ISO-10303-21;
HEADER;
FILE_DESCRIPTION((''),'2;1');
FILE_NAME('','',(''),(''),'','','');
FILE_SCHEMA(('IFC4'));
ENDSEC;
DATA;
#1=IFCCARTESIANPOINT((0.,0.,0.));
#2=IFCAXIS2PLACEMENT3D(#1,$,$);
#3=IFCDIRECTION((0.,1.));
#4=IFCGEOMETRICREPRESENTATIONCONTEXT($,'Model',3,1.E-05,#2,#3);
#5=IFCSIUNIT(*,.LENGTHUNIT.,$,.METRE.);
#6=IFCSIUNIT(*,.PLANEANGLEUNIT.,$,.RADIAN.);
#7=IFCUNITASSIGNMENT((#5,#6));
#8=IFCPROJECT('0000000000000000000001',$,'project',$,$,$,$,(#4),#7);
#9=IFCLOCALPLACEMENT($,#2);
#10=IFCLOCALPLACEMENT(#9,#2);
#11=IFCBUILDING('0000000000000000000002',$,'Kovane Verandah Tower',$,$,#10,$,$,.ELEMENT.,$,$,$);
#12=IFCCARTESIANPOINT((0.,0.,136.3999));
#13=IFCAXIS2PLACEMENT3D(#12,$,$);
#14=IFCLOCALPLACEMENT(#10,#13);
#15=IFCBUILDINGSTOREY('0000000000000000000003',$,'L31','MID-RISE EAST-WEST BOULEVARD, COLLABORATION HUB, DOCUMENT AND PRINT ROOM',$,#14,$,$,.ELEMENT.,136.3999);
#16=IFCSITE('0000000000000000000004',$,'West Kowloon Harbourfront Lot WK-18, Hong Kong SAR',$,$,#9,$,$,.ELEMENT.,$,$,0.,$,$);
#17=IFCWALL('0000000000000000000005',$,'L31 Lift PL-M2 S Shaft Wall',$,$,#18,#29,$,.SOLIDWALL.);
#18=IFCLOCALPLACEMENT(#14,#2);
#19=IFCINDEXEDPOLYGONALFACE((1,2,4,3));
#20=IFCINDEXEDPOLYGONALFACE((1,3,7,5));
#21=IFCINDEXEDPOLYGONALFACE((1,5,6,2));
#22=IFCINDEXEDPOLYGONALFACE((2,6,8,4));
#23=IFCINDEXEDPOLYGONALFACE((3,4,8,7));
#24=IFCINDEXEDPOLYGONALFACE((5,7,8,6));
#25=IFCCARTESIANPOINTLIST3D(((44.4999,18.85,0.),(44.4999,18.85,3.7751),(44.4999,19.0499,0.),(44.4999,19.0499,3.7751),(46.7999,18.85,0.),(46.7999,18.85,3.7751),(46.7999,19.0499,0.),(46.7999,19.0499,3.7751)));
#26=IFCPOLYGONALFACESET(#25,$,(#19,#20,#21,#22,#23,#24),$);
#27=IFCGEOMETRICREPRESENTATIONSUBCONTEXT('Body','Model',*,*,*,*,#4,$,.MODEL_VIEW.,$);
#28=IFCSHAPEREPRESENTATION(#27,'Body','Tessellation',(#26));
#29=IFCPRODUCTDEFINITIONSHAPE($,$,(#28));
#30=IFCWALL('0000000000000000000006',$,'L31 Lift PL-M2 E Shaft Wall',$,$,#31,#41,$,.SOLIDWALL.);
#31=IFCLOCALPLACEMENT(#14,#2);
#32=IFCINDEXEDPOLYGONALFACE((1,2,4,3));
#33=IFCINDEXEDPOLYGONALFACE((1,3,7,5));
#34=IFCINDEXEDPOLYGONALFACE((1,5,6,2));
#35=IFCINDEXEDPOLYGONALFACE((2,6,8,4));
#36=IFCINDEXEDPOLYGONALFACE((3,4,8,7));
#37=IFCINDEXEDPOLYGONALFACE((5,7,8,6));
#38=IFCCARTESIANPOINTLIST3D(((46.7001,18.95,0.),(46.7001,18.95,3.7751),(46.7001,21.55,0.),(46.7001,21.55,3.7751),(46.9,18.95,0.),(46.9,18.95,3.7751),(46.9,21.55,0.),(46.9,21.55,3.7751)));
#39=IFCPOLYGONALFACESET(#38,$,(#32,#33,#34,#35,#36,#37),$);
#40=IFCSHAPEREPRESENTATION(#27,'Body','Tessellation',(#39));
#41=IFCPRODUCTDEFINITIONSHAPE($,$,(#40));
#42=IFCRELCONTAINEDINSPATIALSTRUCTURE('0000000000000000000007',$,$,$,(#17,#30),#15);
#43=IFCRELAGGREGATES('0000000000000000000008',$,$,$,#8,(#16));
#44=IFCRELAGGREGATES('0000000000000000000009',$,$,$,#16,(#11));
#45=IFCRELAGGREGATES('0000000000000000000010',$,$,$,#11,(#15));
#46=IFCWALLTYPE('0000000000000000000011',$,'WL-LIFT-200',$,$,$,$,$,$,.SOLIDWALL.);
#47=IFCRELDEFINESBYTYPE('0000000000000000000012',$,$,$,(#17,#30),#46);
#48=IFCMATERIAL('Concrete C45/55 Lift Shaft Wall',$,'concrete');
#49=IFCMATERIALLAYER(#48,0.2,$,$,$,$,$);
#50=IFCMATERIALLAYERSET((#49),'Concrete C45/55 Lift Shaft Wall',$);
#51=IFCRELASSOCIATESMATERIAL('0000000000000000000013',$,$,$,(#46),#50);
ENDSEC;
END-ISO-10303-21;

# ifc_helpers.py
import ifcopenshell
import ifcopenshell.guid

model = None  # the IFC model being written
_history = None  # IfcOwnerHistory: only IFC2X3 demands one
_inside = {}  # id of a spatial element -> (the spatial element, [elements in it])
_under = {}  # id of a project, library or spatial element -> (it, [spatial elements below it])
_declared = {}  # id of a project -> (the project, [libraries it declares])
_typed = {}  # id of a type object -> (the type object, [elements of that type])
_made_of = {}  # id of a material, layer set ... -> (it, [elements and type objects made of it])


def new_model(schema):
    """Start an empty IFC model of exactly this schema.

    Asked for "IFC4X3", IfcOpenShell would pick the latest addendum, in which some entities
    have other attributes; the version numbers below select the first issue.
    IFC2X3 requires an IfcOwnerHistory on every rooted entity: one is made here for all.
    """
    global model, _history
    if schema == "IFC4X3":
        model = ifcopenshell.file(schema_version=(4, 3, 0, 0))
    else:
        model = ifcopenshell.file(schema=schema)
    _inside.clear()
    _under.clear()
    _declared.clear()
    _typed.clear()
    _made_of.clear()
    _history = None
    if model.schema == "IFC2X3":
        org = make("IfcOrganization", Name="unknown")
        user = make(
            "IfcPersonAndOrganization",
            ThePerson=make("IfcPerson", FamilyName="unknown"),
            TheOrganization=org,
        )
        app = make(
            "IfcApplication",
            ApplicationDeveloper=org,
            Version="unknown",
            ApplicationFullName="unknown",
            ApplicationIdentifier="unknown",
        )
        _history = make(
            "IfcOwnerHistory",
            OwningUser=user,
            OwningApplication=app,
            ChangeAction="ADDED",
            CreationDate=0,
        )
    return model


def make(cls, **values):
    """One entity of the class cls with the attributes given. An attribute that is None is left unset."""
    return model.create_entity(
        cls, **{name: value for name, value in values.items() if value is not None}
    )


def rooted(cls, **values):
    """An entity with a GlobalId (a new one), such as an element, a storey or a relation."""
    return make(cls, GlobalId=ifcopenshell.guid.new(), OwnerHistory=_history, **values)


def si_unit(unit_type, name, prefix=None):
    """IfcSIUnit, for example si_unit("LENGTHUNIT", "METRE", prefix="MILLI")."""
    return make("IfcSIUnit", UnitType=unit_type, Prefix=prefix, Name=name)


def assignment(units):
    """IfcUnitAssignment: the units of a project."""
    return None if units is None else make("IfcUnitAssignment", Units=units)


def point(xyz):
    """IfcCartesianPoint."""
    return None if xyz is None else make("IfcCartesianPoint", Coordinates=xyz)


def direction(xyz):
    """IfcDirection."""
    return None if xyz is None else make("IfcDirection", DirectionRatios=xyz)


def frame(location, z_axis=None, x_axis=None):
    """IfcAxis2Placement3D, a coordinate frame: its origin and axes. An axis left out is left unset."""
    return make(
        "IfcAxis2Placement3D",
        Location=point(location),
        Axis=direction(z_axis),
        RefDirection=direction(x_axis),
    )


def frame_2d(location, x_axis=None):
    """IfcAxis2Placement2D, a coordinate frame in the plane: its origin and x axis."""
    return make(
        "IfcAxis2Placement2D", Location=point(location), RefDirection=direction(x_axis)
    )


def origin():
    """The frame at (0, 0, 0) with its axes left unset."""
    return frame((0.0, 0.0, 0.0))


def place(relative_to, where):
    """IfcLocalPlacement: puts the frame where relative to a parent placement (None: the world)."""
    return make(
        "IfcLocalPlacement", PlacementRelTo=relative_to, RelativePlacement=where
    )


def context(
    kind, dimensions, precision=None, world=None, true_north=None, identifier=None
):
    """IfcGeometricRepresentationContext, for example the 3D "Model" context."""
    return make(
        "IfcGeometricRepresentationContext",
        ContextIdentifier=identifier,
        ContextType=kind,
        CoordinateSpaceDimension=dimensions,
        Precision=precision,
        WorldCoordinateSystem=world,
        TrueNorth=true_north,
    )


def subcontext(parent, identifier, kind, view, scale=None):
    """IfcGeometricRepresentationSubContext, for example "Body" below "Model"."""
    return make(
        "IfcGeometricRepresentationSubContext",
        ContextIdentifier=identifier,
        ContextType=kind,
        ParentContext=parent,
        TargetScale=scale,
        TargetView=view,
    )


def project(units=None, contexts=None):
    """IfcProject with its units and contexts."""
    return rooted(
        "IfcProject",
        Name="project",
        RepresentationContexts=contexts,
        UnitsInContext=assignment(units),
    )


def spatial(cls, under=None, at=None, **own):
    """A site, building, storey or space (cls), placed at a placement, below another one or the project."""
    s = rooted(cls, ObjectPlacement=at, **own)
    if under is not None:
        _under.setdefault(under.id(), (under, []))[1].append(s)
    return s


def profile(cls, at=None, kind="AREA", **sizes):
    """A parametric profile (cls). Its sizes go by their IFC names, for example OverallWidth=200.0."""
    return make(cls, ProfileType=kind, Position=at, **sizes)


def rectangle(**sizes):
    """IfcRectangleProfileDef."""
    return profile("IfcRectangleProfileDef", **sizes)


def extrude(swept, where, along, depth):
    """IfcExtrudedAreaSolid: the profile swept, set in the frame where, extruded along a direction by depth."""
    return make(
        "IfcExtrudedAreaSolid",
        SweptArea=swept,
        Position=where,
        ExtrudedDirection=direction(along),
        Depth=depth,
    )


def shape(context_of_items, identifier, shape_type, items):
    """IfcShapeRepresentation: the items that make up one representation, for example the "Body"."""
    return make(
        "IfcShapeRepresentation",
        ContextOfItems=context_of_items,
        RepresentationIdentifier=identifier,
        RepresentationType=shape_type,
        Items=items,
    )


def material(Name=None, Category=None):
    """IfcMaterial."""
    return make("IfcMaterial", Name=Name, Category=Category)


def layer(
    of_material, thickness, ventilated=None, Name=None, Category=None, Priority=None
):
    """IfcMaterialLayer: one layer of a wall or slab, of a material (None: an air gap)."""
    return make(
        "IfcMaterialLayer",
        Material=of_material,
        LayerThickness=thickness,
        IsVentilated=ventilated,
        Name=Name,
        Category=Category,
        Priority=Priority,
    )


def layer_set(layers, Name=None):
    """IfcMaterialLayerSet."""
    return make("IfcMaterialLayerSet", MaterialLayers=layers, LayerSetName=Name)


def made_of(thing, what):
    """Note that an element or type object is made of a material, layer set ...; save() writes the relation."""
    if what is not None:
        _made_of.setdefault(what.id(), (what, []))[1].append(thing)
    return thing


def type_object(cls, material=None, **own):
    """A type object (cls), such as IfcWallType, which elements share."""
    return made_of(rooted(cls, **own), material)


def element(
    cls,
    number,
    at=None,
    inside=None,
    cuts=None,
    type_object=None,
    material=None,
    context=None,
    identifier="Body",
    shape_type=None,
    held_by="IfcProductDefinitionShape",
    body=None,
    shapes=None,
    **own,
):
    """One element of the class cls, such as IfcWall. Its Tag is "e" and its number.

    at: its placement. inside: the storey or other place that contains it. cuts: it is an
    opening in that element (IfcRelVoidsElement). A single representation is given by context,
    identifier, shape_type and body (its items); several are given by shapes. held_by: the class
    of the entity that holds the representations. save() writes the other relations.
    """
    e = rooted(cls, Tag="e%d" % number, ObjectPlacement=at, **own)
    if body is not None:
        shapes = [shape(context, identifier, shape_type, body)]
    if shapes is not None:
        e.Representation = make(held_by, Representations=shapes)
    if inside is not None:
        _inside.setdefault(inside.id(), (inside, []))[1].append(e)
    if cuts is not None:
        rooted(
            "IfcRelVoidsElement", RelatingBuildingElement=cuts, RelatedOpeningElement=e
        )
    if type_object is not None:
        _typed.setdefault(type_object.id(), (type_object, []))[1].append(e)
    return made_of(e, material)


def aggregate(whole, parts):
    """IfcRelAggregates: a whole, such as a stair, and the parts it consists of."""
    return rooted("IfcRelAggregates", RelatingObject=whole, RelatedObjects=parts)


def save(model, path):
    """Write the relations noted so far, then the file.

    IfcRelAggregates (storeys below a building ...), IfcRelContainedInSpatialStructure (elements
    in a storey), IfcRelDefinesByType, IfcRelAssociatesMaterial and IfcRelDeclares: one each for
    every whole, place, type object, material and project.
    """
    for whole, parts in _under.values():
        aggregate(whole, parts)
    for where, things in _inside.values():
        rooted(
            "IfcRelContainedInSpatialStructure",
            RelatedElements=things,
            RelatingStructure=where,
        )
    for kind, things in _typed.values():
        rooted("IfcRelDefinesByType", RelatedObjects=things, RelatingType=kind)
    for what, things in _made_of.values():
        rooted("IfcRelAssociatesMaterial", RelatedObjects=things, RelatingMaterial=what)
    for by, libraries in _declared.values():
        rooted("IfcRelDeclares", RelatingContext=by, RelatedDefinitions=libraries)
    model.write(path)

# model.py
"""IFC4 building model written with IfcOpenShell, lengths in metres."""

from ifc_helpers import new_model, si_unit, direction, frame, frame_2d, origin, place, context, subcontext, project, spatial, rectangle, extrude, material, layer, layer_set, type_object, element, save


model = new_model("IFC4")

# Units and contexts
model_context = context("Model", 3, precision=1e-05, world=origin(), true_north=direction((0.0, 1.0)))
body_context = subcontext(model_context, "Body", "Model", "MODEL_VIEW")
ifc_project = project(units=[si_unit("LENGTHUNIT", "METRE"), si_unit("PLANEANGLEUNIT", "RADIAN")], contexts=[model_context])

# Site, building, storey
site_placement = place(None, origin())
site = spatial("IfcSite", under=ifc_project, at=site_placement, Name="West Kowloon Harbourfront Lot WK-18, Hong Kong SAR", CompositionType="ELEMENT", RefElevation=0.0)
building_placement = place(site_placement, origin())
building = spatial("IfcBuilding", under=site, at=building_placement, Name="Kovane Verandah Tower", CompositionType="ELEMENT")
storey_placement = place(building_placement, frame((0.0, 0.0, 136.3999)))
storey = spatial("IfcBuildingStorey", under=building, at=storey_placement, Name="L31", Description="MID-RISE EAST-WEST BOULEVARD, COLLABORATION HUB, DOCUMENT AND PRINT ROOM", CompositionType="ELEMENT", Elevation=136.3999)

# Shared definitions
ifc_material_1 = material(Name="Concrete C45/55 Lift Shaft Wall", Category="concrete")
ifc_layer_1 = layer(ifc_material_1, 0.2)
ifc_layer_set_1 = layer_set([ifc_layer_1], Name="Concrete C45/55 Lift Shaft Wall")
wall_type_1 = type_object("IfcWallType", Name="WL-LIFT-200", PredefinedType="SOLIDWALL", material=ifc_layer_set_1)

# Wall
wall_1_placement = place(storey_placement, frame((44.5, 18.95, 0.0), z_axis=(0.0, 0.0, 1.0), x_axis=(1.0, 0.0, 0.0)))
element("IfcWall", 1, at=wall_1_placement, inside=storey, type_object=wall_type_1, Name="L31 Lift PL-M2 S Shaft Wall", PredefinedType="SOLIDWALL", context=body_context, shape_type="SweptSolid", body=[
    extrude(rectangle(XDim=2.3, YDim=0.2, at=frame_2d((1.1499, 0.0))), origin(), (0.0, 0.0, 1.0), 3.7751),
])

# Wall
wall_2_placement = place(storey_placement, frame((46.8, 18.95, 0.0), z_axis=(0.0, 0.0, 1.0), x_axis=(0.0, 1.0, 0.0)))
element("IfcWall", 2, at=wall_2_placement, inside=storey, type_object=wall_type_1, Name="L31 Lift PL-M2 E Shaft Wall", PredefinedType="SOLIDWALL", context=body_context, shape_type="SweptSolid", body=[
    extrude(rectangle(XDim=2.6001, YDim=0.2, at=frame_2d((1.3, 0.0))), origin(), (0.0, 0.0, 1.0), 3.7751),
])

save(model, "model.ifc")
